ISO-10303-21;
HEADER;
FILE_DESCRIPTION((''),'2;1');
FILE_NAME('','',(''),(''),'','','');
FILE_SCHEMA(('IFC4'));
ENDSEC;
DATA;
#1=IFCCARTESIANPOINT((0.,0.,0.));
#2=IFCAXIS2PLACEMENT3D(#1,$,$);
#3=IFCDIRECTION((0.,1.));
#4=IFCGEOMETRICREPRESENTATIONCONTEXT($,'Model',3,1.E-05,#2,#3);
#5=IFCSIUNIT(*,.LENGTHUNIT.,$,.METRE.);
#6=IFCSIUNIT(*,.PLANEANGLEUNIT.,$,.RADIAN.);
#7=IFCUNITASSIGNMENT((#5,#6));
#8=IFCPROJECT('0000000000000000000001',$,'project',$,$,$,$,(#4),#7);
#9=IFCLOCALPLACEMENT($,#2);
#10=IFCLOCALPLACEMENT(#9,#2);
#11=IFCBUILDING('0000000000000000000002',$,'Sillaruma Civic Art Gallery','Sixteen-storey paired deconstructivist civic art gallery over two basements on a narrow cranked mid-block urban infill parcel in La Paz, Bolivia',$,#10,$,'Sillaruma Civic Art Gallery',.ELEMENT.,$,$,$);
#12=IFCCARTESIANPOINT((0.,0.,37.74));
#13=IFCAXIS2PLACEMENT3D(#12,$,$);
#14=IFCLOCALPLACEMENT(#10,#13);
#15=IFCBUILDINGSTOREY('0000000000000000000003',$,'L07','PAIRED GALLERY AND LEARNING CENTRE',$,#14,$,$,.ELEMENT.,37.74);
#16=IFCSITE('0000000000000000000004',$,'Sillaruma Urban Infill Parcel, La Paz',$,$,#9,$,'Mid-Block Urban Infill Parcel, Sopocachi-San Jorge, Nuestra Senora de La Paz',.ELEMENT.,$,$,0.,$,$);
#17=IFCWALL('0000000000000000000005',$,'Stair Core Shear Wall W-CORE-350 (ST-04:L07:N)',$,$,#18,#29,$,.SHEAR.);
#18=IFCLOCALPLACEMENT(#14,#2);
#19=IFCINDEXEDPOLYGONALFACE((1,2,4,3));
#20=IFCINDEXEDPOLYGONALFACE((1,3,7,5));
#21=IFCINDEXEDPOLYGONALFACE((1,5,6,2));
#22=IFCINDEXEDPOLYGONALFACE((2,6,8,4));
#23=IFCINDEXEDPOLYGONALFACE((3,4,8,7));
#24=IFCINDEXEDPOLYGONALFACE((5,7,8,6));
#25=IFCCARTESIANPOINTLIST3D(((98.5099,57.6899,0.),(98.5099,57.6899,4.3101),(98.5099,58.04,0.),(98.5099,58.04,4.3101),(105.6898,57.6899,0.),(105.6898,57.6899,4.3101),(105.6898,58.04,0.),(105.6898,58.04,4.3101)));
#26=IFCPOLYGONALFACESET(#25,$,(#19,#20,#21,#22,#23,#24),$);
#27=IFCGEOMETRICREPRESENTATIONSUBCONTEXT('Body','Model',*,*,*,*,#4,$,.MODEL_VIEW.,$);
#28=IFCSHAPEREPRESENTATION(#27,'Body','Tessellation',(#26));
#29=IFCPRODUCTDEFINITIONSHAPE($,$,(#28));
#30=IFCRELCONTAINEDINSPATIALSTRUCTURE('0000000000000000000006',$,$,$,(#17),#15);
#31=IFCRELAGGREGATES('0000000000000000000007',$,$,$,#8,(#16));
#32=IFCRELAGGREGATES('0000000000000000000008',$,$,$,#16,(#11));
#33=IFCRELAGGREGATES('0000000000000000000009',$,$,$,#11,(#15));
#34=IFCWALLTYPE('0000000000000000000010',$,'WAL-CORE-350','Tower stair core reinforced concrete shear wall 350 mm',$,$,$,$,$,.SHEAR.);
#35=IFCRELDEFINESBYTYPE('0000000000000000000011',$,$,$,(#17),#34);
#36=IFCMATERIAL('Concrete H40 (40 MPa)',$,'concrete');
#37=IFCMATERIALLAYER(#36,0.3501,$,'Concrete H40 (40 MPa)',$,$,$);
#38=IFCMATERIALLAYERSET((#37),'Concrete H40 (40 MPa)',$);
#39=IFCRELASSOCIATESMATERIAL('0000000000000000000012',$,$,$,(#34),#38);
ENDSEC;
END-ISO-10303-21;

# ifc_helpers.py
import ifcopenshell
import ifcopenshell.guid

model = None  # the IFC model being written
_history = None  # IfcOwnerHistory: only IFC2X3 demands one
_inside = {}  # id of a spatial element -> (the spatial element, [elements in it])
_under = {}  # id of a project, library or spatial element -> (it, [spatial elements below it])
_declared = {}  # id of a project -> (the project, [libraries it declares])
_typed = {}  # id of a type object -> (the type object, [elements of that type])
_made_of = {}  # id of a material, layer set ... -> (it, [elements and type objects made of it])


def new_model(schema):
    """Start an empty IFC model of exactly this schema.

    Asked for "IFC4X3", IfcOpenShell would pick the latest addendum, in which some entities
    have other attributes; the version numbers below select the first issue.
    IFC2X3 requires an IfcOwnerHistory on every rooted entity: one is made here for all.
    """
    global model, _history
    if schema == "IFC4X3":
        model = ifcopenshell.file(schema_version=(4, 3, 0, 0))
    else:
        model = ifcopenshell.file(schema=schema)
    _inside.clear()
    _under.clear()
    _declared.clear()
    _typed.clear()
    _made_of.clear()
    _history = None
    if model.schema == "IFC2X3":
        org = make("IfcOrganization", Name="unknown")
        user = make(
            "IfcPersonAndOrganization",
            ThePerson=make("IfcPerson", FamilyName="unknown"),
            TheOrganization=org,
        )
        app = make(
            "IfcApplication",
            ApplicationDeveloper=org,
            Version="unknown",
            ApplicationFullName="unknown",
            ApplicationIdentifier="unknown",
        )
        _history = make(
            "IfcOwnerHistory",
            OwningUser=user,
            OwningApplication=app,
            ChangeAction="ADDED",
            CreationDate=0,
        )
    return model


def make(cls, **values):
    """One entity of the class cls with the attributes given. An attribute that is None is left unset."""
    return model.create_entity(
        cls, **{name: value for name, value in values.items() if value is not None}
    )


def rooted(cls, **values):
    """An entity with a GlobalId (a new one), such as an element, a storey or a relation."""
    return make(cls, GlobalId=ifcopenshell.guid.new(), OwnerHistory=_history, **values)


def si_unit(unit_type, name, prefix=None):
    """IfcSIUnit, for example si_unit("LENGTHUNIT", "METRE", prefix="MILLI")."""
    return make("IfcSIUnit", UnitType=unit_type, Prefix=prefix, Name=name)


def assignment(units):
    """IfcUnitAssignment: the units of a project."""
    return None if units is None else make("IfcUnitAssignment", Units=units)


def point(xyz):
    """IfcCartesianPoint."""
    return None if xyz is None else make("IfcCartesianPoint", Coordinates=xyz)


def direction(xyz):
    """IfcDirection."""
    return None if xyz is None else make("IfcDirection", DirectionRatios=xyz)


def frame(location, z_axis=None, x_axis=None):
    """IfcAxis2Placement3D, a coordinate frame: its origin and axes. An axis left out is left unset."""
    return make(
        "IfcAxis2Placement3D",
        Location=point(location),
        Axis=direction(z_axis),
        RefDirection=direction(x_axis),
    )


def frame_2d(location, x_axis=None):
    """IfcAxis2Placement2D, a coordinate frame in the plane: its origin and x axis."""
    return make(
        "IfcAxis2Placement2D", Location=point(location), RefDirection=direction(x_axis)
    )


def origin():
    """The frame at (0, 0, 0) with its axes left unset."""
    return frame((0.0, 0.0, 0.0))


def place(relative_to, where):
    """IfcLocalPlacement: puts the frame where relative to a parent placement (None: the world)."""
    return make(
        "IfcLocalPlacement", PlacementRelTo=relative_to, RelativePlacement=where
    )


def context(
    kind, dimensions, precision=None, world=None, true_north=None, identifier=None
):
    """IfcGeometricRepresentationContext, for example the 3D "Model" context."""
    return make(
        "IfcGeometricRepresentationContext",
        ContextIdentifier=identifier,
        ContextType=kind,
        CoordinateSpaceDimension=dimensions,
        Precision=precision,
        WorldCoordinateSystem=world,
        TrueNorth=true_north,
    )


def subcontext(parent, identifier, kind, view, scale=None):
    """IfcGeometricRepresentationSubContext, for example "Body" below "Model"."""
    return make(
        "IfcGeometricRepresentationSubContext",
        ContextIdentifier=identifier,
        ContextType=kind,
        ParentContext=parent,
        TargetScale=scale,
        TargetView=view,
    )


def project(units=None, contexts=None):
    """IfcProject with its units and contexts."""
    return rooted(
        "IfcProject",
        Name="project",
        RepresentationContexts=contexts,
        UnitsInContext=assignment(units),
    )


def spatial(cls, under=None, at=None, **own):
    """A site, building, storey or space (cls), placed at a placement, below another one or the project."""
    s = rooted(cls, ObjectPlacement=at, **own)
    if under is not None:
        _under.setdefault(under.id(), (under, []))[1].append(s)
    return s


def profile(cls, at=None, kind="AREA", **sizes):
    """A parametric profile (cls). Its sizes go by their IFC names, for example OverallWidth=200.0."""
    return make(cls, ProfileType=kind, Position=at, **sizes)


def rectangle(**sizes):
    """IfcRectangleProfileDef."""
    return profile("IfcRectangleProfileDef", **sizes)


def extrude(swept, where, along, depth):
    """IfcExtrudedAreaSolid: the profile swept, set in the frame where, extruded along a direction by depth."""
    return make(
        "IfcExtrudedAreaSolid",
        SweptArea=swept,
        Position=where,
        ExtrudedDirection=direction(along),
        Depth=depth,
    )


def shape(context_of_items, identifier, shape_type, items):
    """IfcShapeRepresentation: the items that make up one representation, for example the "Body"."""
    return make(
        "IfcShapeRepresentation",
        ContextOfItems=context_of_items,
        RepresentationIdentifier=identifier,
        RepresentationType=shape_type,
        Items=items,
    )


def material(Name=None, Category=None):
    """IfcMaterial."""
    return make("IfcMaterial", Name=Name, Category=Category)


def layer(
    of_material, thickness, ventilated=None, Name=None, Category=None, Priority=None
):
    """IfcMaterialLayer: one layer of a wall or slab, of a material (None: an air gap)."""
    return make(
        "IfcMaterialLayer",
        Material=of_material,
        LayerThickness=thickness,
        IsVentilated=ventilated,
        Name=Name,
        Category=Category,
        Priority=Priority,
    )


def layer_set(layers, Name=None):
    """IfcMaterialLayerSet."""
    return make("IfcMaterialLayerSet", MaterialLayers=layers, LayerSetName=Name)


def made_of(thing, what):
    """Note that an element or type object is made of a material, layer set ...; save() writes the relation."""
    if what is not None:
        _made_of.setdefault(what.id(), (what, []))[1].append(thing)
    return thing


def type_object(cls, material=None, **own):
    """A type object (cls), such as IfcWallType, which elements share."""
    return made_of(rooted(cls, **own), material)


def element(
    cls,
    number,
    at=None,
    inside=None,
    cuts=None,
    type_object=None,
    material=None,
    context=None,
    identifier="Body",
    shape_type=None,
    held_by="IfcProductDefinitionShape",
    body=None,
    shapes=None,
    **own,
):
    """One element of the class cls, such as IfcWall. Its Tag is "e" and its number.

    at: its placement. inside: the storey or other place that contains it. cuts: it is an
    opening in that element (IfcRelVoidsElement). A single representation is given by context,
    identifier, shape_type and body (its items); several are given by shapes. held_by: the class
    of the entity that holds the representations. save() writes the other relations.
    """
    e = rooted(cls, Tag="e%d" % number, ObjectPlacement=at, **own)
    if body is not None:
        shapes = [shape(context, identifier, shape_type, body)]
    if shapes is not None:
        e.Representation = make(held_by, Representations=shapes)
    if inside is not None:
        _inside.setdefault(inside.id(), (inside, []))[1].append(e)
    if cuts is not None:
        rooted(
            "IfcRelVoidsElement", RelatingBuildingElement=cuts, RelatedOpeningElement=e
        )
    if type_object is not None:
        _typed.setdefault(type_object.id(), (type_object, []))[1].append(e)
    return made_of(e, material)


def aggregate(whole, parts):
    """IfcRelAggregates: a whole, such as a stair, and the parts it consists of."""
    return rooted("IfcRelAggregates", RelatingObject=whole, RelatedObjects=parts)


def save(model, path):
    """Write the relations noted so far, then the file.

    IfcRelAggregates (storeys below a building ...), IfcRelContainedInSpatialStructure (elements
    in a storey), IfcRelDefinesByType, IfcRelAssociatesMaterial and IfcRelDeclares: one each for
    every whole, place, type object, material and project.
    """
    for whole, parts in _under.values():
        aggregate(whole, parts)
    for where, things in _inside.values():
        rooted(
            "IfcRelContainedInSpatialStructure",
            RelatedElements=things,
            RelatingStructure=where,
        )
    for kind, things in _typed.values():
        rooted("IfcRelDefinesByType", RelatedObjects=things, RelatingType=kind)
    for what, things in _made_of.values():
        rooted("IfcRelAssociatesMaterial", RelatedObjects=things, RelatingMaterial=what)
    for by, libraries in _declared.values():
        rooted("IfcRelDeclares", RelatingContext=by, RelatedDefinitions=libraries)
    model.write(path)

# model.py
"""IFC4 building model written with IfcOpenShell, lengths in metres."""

from ifc_helpers import new_model, si_unit, direction, frame, frame_2d, origin, place, context, subcontext, project, spatial, rectangle, extrude, material, layer, layer_set, type_object, element, save


model = new_model("IFC4")

# Units and contexts
model_context = context("Model", 3, precision=1e-05, world=origin(), true_north=direction((0.0, 1.0)))
body_context = subcontext(model_context, "Body", "Model", "MODEL_VIEW")
ifc_project = project(units=[si_unit("LENGTHUNIT", "METRE"), si_unit("PLANEANGLEUNIT", "RADIAN")], contexts=[model_context])

# Site, building, storey
site_placement = place(None, origin())
site = spatial("IfcSite", under=ifc_project, at=site_placement, Name="Sillaruma Urban Infill Parcel, La Paz", LongName="Mid-Block Urban Infill Parcel, Sopocachi-San Jorge, Nuestra Senora de La Paz", CompositionType="ELEMENT", RefElevation=0.0)
building_placement = place(site_placement, origin())
building = spatial("IfcBuilding", under=site, at=building_placement, Name="Sillaruma Civic Art Gallery", Description="Sixteen-storey paired deconstructivist civic art gallery over two basements on a narrow cranked mid-block urban infill parcel in La Paz, Bolivia", LongName="Sillaruma Civic Art Gallery", CompositionType="ELEMENT")
storey_placement = place(building_placement, frame((0.0, 0.0, 37.74)))
storey = spatial("IfcBuildingStorey", under=building, at=storey_placement, Name="L07", Description="PAIRED GALLERY AND LEARNING CENTRE", CompositionType="ELEMENT", Elevation=37.74)

# Shared definitions
ifc_material_1 = material(Name="Concrete H40 (40 MPa)", Category="concrete")

# Wall
ifc_layer_1 = layer(ifc_material_1, 0.3501, Name="Concrete H40 (40 MPa)")
ifc_layer_set_1 = layer_set([ifc_layer_1], Name="Concrete H40 (40 MPa)")
wall_type = type_object("IfcWallType", Name="WAL-CORE-350", Description="Tower stair core reinforced concrete shear wall 350 mm", PredefinedType="SHEAR", material=ifc_layer_set_1)
wall_placement = place(storey_placement, frame((98.51, 57.865, 0.0), z_axis=(0.0, 0.0, 1.0), x_axis=(1.0, 0.0, 0.0)))
element("IfcWall", 1, at=wall_placement, inside=storey, type_object=wall_type, Name="Stair Core Shear Wall W-CORE-350 (ST-04:L07:N)", PredefinedType="SHEAR", context=body_context, shape_type="SweptSolid", body=[
    extrude(rectangle(XDim=7.1799, YDim=0.3501, at=frame_2d((3.5898, 0.0))), origin(), (0.0, 0.0, 1.0), 4.3101),
])

save(model, "model.ifc")
